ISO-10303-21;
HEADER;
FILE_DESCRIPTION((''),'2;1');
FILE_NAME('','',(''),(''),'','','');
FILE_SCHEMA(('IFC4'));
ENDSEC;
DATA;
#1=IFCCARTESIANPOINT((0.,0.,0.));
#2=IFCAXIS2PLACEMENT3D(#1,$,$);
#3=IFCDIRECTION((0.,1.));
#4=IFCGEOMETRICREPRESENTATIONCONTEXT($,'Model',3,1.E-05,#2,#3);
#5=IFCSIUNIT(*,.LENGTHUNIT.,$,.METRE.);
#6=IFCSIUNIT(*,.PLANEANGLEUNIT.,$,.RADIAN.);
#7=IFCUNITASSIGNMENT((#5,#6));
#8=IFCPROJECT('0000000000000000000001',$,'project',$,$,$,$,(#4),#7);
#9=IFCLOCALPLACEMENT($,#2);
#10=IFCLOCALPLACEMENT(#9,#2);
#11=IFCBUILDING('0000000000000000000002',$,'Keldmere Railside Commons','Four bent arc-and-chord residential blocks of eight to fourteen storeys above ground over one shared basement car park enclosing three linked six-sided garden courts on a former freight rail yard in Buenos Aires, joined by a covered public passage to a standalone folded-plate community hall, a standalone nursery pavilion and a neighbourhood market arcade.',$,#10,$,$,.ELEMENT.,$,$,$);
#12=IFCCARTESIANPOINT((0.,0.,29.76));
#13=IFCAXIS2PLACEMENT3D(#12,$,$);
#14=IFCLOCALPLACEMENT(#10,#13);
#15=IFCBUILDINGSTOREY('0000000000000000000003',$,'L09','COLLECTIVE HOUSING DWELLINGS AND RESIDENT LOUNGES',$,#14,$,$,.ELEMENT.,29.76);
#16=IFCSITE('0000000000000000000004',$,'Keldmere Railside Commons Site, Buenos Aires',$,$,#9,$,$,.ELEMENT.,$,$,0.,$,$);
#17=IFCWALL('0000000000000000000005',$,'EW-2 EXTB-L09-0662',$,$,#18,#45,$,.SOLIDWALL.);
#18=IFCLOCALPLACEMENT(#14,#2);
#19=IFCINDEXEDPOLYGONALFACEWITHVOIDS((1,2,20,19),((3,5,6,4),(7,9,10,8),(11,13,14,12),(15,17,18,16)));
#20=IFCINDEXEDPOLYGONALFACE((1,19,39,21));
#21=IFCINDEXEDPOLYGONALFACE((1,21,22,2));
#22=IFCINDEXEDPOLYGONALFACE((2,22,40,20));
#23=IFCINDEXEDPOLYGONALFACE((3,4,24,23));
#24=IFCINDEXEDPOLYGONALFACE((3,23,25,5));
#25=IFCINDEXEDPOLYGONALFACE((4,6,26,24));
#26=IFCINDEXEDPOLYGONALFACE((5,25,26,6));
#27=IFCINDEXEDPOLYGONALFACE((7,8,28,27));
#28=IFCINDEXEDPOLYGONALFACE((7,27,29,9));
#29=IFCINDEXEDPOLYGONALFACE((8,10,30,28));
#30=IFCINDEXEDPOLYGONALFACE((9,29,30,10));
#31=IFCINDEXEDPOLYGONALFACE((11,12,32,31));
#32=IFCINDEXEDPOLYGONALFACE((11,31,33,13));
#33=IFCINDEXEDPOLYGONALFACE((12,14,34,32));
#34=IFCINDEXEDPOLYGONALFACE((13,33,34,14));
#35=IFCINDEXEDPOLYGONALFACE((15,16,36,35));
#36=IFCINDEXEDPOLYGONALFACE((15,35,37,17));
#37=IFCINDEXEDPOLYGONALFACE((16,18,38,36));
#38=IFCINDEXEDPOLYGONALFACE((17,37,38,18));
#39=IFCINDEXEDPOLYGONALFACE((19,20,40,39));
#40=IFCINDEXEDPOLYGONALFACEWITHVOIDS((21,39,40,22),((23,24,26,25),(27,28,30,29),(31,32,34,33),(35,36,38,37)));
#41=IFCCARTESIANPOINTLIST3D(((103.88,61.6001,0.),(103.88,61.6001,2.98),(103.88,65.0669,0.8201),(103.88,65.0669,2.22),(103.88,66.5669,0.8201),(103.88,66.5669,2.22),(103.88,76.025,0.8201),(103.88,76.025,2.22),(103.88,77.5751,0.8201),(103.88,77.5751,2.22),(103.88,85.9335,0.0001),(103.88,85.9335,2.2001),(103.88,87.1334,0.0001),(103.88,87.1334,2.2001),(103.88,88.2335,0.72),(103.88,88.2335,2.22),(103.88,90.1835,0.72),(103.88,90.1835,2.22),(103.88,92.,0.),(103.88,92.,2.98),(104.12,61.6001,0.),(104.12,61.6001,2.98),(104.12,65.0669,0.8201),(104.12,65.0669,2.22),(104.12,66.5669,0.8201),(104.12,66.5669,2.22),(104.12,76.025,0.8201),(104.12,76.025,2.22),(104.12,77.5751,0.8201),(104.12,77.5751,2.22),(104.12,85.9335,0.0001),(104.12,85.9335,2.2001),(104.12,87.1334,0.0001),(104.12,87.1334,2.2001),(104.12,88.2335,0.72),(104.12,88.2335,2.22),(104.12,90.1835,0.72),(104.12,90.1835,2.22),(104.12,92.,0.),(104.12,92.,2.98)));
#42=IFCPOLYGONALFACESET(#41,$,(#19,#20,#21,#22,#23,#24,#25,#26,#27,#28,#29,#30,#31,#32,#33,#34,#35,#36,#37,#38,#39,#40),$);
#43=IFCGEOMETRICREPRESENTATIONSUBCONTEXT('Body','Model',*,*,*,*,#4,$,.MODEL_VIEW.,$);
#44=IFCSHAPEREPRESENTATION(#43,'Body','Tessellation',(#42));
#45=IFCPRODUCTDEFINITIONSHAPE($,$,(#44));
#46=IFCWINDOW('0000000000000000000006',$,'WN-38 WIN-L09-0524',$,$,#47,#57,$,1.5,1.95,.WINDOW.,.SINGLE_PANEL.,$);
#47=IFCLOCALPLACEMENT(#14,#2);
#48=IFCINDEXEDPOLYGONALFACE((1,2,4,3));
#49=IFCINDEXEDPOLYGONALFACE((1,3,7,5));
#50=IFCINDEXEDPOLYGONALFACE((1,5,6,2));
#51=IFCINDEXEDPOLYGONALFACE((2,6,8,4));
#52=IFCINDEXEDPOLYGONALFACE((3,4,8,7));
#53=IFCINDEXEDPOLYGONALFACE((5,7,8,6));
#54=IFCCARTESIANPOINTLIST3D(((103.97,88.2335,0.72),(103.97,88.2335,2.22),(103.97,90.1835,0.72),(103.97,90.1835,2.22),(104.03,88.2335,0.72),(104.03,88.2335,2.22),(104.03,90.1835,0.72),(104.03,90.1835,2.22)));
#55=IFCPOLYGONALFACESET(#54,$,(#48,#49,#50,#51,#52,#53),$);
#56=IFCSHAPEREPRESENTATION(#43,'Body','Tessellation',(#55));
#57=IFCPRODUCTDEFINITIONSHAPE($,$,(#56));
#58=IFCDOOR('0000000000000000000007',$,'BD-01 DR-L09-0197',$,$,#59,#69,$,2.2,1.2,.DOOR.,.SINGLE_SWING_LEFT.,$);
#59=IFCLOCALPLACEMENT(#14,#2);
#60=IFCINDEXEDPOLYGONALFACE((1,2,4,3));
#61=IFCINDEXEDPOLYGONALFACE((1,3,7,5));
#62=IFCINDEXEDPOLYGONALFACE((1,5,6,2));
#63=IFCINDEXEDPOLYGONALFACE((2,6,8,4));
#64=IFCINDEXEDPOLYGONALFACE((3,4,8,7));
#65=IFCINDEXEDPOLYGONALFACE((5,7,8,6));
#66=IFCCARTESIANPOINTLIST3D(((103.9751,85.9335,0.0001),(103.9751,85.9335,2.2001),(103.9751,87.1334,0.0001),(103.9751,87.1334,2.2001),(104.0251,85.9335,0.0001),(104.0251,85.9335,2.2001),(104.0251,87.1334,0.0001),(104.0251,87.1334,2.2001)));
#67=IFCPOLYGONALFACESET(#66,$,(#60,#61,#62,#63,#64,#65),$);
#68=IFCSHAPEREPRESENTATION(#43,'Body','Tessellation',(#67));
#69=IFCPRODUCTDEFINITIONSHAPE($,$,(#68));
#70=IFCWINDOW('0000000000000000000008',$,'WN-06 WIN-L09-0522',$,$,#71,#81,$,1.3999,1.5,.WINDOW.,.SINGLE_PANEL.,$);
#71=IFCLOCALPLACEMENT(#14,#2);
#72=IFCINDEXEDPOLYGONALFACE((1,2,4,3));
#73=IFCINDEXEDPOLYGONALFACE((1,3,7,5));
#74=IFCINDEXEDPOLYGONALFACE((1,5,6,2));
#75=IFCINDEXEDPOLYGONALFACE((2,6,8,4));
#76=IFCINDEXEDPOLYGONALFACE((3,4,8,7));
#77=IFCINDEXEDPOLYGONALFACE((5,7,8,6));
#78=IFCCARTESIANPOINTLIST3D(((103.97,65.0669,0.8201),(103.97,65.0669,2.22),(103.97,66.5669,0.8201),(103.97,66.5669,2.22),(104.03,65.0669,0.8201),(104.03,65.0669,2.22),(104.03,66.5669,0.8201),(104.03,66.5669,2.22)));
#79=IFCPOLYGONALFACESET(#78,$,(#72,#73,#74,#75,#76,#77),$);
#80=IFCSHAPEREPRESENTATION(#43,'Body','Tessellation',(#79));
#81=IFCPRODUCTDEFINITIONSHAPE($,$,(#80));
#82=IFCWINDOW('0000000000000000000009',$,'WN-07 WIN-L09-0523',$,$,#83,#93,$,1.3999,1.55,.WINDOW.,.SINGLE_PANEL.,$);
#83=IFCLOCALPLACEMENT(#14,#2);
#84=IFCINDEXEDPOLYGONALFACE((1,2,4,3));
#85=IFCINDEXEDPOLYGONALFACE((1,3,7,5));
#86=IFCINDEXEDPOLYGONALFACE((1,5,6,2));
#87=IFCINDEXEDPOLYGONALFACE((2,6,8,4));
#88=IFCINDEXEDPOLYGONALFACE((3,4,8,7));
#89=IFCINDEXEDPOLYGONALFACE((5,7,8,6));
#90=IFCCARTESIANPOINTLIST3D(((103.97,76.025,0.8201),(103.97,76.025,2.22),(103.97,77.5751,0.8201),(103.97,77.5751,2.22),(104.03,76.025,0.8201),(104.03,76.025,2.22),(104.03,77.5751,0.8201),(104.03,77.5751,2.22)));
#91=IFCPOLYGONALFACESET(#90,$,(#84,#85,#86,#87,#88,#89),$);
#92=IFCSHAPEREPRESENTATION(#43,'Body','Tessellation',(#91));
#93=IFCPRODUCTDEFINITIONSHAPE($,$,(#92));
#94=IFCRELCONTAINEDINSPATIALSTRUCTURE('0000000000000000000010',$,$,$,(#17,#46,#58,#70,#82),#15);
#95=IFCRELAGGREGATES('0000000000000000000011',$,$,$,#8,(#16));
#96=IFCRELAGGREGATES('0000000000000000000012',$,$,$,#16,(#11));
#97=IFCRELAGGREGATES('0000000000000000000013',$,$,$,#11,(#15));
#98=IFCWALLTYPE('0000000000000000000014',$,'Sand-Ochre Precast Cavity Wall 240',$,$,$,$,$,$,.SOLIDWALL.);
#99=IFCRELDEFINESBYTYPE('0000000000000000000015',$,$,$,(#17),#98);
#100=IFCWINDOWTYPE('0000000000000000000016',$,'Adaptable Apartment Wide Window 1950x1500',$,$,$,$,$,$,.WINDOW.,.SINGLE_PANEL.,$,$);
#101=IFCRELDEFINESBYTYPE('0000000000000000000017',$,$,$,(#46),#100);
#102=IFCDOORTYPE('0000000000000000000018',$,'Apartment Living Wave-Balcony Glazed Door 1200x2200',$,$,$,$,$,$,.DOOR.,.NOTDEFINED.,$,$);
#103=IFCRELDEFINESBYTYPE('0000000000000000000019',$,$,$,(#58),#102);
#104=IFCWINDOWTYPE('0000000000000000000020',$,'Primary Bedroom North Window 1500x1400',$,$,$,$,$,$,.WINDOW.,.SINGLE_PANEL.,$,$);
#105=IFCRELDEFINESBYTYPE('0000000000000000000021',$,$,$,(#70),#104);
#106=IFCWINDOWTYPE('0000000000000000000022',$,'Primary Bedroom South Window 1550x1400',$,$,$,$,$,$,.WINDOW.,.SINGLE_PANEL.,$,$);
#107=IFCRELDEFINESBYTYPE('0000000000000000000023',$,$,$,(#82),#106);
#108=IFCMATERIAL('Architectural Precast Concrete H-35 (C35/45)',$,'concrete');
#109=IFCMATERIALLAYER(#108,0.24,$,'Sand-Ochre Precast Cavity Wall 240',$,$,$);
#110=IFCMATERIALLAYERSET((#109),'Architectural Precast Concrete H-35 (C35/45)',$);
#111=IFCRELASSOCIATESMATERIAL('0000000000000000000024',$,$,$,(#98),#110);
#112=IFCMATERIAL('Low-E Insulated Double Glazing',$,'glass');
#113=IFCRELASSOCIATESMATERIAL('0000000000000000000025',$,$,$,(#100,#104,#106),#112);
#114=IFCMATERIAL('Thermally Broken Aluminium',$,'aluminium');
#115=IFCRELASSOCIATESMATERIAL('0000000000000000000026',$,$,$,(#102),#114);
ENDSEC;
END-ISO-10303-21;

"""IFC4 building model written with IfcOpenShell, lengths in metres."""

from ifc_helpers import new_model, si_unit, direction, frame, frame_2d, origin, place, context, subcontext, project, spatial, rectangle, extrude, material, layer, layer_set, type_object, element, fill, save


model = new_model("IFC4")

# Units and contexts
model_context = context("Model", 3, precision=1e-05, world=origin(), true_north=direction((0.0, 1.0)))
body_context = subcontext(model_context, "Body", "Model", "MODEL_VIEW")
ifc_project = project(units=[si_unit("LENGTHUNIT", "METRE"), si_unit("PLANEANGLEUNIT", "RADIAN")], contexts=[model_context])

# Site, building, storey
site_placement = place(None, origin())
site = spatial("IfcSite", under=ifc_project, at=site_placement, Name="Keldmere Railside Commons Site, Buenos Aires", CompositionType="ELEMENT", RefElevation=0.0)
building_placement = place(site_placement, origin())
building = spatial("IfcBuilding", under=site, at=building_placement, Name="Keldmere Railside Commons", Description="Four bent arc-and-chord residential blocks of eight to fourteen storeys above ground over one shared basement car park enclosing three linked six-sided garden courts on a former freight rail yard in Buenos Aires, joined by a covered public passage to a standalone folded-plate community hall, a standalone nursery pavilion and a neighbourhood market arcade.", CompositionType="ELEMENT")
storey_placement = place(building_placement, frame((0.0, 0.0, 29.76)))
storey = spatial("IfcBuildingStorey", under=building, at=storey_placement, Name="L09", Description="COLLECTIVE HOUSING DWELLINGS AND RESIDENT LOUNGES", CompositionType="ELEMENT", Elevation=29.76)

# Shared definitions
ifc_material_1 = material(Name="Low-E Insulated Double Glazing", Category="glass")

# Wall, openings, windows, door
ifc_material_2 = material(Name="Architectural Precast Concrete H-35 (C35/45)", Category="concrete")
ifc_layer_1 = layer(ifc_material_2, 0.24, Name="Sand-Ochre Precast Cavity Wall 240")
ifc_layer_set_1 = layer_set([ifc_layer_1], Name="Architectural Precast Concrete H-35 (C35/45)")
wall_type_1 = type_object("IfcWallType", Name="Sand-Ochre Precast Cavity Wall 240", PredefinedType="SOLIDWALL", material=ifc_layer_set_1)
wall_1_placement = place(storey_placement, frame((104.0, 61.6001, 0.0), z_axis=(0.0, 0.0, 1.0), x_axis=(0.0, 1.0, 0.0)))
wall_1 = element("IfcWall", 1, at=wall_1_placement, inside=storey, type_object=wall_type_1, Name="EW-2 EXTB-L09-0662", PredefinedType="SOLIDWALL", context=body_context, shape_type="SweptSolid", body=[
    extrude(rectangle(XDim=30.3999, YDim=0.24, at=frame_2d((15.2, 0.0))), origin(), (0.0, 0.0, 1.0), 2.98),
])
opening_1_placement = place(wall_1_placement, frame((3.4668, 0.0, 0.8201)))
opening_1 = element("IfcOpeningElement", 2, at=opening_1_placement, cuts=wall_1, PredefinedType="OPENING", context=body_context, shape_type="SweptSolid", body=[
    extrude(rectangle(XDim=1.5, YDim=1.3999, at=frame_2d((0.75, 0.7))), frame((0.0, 0.1299, 0.0), z_axis=(0.0, -1.0, 0.0), x_axis=(1.0, 0.0, 0.0)), (0.0, 0.0, 1.0), 0.26),
])
opening_2_placement = place(wall_1_placement, frame((14.425, 0.0, 0.8201)))
opening_2 = element("IfcOpeningElement", 3, at=opening_2_placement, cuts=wall_1, PredefinedType="OPENING", context=body_context, shape_type="SweptSolid", body=[
    extrude(rectangle(XDim=1.55, YDim=1.3999, at=frame_2d((0.7749, 0.7))), frame((0.0, 0.1299, 0.0), z_axis=(0.0, -1.0, 0.0), x_axis=(1.0, 0.0, 0.0)), (0.0, 0.0, 1.0), 0.26),
])
opening_3_placement = place(wall_1_placement, frame((24.3333, 0.0, 0.0)))
opening_3 = element("IfcOpeningElement", 4, at=opening_3_placement, cuts=wall_1, PredefinedType="OPENING", context=body_context, shape_type="SweptSolid", body=[
    extrude(rectangle(XDim=1.2, YDim=2.2, at=frame_2d((0.6001, 1.1001))), frame((0.0, 0.1299, 0.0), z_axis=(0.0, -1.0, 0.0), x_axis=(1.0, 0.0, 0.0)), (0.0, 0.0, 1.0), 0.26),
])
opening_4_placement = place(wall_1_placement, frame((26.6333, 0.0, 0.72)))
opening_4 = element("IfcOpeningElement", 5, at=opening_4_placement, cuts=wall_1, PredefinedType="OPENING", context=body_context, shape_type="SweptSolid", body=[
    extrude(rectangle(XDim=1.95, YDim=1.5, at=frame_2d((0.9751, 0.75))), frame((0.0, 0.1299, 0.0), z_axis=(0.0, -1.0, 0.0), x_axis=(1.0, 0.0, 0.0)), (0.0, 0.0, 1.0), 0.26),
])
window_type_1 = type_object("IfcWindowType", Name="Adaptable Apartment Wide Window 1950x1500", PartitioningType="SINGLE_PANEL", PredefinedType="WINDOW", material=ifc_material_1)
window_1_placement = place(opening_4_placement, origin())
window_1 = element("IfcWindow", 6, at=window_1_placement, inside=storey, type_object=window_type_1, Name="WN-38 WIN-L09-0524", OverallHeight=1.5, OverallWidth=1.95, PartitioningType="SINGLE_PANEL", PredefinedType="WINDOW", context=body_context, shape_type="SweptSolid", body=[
    extrude(rectangle(XDim=1.95, YDim=1.5, at=frame_2d((0.9751, 0.75))), frame((0.0, 0.03, 0.0), z_axis=(0.0, -1.0, 0.0), x_axis=(1.0, 0.0, 0.0)), (0.0, 0.0, 1.0), 0.0601),
])
fill(opening_4, window_1)
ifc_material_3 = material(Name="Thermally Broken Aluminium", Category="aluminium")
door_type = type_object("IfcDoorType", Name="Apartment Living Wave-Balcony Glazed Door 1200x2200", OperationType="NOTDEFINED", PredefinedType="DOOR", material=ifc_material_3)
door_placement = place(opening_3_placement, origin())
door = element("IfcDoor", 7, at=door_placement, inside=storey, type_object=door_type, Name="BD-01 DR-L09-0197", OperationType="SINGLE_SWING_LEFT", OverallHeight=2.2, OverallWidth=1.2, PredefinedType="DOOR", context=body_context, shape_type="SweptSolid", body=[
    extrude(rectangle(XDim=1.2, YDim=2.2, at=frame_2d((0.6001, 1.1001))), frame((0.0, 0.0249, 0.0), z_axis=(0.0, -1.0, 0.0), x_axis=(1.0, 0.0, 0.0)), (0.0, 0.0, 1.0), 0.05),
])
fill(opening_3, door)
window_type_2 = type_object("IfcWindowType", Name="Primary Bedroom North Window 1500x1400", PartitioningType="SINGLE_PANEL", PredefinedType="WINDOW", material=ifc_material_1)
window_2_placement = place(opening_1_placement, origin())
window_2 = element("IfcWindow", 8, at=window_2_placement, inside=storey, type_object=window_type_2, Name="WN-06 WIN-L09-0522", OverallHeight=1.3999, OverallWidth=1.5, PartitioningType="SINGLE_PANEL", PredefinedType="WINDOW", context=body_context, shape_type="SweptSolid", body=[
    extrude(rectangle(XDim=1.5, YDim=1.3999, at=frame_2d((0.75, 0.7))), frame((0.0, 0.03, 0.0), z_axis=(0.0, -1.0, 0.0), x_axis=(1.0, 0.0, 0.0)), (0.0, 0.0, 1.0), 0.0601),
])
fill(opening_1, window_2)
window_type_3 = type_object("IfcWindowType", Name="Primary Bedroom South Window 1550x1400", PartitioningType="SINGLE_PANEL", PredefinedType="WINDOW", material=ifc_material_1)
window_3_placement = place(opening_2_placement, origin())
window_3 = element("IfcWindow", 9, at=window_3_placement, inside=storey, type_object=window_type_3, Name="WN-07 WIN-L09-0523", OverallHeight=1.3999, OverallWidth=1.55, PartitioningType="SINGLE_PANEL", PredefinedType="WINDOW", context=body_context, shape_type="SweptSolid", body=[
    extrude(rectangle(XDim=1.55, YDim=1.3999, at=frame_2d((0.7749, 0.7))), frame((0.0, 0.03, 0.0), z_axis=(0.0, -1.0, 0.0), x_axis=(1.0, 0.0, 0.0)), (0.0, 0.0, 1.0), 0.0601),
])
fill(opening_2, window_3)

save(model, "model.ifc")
